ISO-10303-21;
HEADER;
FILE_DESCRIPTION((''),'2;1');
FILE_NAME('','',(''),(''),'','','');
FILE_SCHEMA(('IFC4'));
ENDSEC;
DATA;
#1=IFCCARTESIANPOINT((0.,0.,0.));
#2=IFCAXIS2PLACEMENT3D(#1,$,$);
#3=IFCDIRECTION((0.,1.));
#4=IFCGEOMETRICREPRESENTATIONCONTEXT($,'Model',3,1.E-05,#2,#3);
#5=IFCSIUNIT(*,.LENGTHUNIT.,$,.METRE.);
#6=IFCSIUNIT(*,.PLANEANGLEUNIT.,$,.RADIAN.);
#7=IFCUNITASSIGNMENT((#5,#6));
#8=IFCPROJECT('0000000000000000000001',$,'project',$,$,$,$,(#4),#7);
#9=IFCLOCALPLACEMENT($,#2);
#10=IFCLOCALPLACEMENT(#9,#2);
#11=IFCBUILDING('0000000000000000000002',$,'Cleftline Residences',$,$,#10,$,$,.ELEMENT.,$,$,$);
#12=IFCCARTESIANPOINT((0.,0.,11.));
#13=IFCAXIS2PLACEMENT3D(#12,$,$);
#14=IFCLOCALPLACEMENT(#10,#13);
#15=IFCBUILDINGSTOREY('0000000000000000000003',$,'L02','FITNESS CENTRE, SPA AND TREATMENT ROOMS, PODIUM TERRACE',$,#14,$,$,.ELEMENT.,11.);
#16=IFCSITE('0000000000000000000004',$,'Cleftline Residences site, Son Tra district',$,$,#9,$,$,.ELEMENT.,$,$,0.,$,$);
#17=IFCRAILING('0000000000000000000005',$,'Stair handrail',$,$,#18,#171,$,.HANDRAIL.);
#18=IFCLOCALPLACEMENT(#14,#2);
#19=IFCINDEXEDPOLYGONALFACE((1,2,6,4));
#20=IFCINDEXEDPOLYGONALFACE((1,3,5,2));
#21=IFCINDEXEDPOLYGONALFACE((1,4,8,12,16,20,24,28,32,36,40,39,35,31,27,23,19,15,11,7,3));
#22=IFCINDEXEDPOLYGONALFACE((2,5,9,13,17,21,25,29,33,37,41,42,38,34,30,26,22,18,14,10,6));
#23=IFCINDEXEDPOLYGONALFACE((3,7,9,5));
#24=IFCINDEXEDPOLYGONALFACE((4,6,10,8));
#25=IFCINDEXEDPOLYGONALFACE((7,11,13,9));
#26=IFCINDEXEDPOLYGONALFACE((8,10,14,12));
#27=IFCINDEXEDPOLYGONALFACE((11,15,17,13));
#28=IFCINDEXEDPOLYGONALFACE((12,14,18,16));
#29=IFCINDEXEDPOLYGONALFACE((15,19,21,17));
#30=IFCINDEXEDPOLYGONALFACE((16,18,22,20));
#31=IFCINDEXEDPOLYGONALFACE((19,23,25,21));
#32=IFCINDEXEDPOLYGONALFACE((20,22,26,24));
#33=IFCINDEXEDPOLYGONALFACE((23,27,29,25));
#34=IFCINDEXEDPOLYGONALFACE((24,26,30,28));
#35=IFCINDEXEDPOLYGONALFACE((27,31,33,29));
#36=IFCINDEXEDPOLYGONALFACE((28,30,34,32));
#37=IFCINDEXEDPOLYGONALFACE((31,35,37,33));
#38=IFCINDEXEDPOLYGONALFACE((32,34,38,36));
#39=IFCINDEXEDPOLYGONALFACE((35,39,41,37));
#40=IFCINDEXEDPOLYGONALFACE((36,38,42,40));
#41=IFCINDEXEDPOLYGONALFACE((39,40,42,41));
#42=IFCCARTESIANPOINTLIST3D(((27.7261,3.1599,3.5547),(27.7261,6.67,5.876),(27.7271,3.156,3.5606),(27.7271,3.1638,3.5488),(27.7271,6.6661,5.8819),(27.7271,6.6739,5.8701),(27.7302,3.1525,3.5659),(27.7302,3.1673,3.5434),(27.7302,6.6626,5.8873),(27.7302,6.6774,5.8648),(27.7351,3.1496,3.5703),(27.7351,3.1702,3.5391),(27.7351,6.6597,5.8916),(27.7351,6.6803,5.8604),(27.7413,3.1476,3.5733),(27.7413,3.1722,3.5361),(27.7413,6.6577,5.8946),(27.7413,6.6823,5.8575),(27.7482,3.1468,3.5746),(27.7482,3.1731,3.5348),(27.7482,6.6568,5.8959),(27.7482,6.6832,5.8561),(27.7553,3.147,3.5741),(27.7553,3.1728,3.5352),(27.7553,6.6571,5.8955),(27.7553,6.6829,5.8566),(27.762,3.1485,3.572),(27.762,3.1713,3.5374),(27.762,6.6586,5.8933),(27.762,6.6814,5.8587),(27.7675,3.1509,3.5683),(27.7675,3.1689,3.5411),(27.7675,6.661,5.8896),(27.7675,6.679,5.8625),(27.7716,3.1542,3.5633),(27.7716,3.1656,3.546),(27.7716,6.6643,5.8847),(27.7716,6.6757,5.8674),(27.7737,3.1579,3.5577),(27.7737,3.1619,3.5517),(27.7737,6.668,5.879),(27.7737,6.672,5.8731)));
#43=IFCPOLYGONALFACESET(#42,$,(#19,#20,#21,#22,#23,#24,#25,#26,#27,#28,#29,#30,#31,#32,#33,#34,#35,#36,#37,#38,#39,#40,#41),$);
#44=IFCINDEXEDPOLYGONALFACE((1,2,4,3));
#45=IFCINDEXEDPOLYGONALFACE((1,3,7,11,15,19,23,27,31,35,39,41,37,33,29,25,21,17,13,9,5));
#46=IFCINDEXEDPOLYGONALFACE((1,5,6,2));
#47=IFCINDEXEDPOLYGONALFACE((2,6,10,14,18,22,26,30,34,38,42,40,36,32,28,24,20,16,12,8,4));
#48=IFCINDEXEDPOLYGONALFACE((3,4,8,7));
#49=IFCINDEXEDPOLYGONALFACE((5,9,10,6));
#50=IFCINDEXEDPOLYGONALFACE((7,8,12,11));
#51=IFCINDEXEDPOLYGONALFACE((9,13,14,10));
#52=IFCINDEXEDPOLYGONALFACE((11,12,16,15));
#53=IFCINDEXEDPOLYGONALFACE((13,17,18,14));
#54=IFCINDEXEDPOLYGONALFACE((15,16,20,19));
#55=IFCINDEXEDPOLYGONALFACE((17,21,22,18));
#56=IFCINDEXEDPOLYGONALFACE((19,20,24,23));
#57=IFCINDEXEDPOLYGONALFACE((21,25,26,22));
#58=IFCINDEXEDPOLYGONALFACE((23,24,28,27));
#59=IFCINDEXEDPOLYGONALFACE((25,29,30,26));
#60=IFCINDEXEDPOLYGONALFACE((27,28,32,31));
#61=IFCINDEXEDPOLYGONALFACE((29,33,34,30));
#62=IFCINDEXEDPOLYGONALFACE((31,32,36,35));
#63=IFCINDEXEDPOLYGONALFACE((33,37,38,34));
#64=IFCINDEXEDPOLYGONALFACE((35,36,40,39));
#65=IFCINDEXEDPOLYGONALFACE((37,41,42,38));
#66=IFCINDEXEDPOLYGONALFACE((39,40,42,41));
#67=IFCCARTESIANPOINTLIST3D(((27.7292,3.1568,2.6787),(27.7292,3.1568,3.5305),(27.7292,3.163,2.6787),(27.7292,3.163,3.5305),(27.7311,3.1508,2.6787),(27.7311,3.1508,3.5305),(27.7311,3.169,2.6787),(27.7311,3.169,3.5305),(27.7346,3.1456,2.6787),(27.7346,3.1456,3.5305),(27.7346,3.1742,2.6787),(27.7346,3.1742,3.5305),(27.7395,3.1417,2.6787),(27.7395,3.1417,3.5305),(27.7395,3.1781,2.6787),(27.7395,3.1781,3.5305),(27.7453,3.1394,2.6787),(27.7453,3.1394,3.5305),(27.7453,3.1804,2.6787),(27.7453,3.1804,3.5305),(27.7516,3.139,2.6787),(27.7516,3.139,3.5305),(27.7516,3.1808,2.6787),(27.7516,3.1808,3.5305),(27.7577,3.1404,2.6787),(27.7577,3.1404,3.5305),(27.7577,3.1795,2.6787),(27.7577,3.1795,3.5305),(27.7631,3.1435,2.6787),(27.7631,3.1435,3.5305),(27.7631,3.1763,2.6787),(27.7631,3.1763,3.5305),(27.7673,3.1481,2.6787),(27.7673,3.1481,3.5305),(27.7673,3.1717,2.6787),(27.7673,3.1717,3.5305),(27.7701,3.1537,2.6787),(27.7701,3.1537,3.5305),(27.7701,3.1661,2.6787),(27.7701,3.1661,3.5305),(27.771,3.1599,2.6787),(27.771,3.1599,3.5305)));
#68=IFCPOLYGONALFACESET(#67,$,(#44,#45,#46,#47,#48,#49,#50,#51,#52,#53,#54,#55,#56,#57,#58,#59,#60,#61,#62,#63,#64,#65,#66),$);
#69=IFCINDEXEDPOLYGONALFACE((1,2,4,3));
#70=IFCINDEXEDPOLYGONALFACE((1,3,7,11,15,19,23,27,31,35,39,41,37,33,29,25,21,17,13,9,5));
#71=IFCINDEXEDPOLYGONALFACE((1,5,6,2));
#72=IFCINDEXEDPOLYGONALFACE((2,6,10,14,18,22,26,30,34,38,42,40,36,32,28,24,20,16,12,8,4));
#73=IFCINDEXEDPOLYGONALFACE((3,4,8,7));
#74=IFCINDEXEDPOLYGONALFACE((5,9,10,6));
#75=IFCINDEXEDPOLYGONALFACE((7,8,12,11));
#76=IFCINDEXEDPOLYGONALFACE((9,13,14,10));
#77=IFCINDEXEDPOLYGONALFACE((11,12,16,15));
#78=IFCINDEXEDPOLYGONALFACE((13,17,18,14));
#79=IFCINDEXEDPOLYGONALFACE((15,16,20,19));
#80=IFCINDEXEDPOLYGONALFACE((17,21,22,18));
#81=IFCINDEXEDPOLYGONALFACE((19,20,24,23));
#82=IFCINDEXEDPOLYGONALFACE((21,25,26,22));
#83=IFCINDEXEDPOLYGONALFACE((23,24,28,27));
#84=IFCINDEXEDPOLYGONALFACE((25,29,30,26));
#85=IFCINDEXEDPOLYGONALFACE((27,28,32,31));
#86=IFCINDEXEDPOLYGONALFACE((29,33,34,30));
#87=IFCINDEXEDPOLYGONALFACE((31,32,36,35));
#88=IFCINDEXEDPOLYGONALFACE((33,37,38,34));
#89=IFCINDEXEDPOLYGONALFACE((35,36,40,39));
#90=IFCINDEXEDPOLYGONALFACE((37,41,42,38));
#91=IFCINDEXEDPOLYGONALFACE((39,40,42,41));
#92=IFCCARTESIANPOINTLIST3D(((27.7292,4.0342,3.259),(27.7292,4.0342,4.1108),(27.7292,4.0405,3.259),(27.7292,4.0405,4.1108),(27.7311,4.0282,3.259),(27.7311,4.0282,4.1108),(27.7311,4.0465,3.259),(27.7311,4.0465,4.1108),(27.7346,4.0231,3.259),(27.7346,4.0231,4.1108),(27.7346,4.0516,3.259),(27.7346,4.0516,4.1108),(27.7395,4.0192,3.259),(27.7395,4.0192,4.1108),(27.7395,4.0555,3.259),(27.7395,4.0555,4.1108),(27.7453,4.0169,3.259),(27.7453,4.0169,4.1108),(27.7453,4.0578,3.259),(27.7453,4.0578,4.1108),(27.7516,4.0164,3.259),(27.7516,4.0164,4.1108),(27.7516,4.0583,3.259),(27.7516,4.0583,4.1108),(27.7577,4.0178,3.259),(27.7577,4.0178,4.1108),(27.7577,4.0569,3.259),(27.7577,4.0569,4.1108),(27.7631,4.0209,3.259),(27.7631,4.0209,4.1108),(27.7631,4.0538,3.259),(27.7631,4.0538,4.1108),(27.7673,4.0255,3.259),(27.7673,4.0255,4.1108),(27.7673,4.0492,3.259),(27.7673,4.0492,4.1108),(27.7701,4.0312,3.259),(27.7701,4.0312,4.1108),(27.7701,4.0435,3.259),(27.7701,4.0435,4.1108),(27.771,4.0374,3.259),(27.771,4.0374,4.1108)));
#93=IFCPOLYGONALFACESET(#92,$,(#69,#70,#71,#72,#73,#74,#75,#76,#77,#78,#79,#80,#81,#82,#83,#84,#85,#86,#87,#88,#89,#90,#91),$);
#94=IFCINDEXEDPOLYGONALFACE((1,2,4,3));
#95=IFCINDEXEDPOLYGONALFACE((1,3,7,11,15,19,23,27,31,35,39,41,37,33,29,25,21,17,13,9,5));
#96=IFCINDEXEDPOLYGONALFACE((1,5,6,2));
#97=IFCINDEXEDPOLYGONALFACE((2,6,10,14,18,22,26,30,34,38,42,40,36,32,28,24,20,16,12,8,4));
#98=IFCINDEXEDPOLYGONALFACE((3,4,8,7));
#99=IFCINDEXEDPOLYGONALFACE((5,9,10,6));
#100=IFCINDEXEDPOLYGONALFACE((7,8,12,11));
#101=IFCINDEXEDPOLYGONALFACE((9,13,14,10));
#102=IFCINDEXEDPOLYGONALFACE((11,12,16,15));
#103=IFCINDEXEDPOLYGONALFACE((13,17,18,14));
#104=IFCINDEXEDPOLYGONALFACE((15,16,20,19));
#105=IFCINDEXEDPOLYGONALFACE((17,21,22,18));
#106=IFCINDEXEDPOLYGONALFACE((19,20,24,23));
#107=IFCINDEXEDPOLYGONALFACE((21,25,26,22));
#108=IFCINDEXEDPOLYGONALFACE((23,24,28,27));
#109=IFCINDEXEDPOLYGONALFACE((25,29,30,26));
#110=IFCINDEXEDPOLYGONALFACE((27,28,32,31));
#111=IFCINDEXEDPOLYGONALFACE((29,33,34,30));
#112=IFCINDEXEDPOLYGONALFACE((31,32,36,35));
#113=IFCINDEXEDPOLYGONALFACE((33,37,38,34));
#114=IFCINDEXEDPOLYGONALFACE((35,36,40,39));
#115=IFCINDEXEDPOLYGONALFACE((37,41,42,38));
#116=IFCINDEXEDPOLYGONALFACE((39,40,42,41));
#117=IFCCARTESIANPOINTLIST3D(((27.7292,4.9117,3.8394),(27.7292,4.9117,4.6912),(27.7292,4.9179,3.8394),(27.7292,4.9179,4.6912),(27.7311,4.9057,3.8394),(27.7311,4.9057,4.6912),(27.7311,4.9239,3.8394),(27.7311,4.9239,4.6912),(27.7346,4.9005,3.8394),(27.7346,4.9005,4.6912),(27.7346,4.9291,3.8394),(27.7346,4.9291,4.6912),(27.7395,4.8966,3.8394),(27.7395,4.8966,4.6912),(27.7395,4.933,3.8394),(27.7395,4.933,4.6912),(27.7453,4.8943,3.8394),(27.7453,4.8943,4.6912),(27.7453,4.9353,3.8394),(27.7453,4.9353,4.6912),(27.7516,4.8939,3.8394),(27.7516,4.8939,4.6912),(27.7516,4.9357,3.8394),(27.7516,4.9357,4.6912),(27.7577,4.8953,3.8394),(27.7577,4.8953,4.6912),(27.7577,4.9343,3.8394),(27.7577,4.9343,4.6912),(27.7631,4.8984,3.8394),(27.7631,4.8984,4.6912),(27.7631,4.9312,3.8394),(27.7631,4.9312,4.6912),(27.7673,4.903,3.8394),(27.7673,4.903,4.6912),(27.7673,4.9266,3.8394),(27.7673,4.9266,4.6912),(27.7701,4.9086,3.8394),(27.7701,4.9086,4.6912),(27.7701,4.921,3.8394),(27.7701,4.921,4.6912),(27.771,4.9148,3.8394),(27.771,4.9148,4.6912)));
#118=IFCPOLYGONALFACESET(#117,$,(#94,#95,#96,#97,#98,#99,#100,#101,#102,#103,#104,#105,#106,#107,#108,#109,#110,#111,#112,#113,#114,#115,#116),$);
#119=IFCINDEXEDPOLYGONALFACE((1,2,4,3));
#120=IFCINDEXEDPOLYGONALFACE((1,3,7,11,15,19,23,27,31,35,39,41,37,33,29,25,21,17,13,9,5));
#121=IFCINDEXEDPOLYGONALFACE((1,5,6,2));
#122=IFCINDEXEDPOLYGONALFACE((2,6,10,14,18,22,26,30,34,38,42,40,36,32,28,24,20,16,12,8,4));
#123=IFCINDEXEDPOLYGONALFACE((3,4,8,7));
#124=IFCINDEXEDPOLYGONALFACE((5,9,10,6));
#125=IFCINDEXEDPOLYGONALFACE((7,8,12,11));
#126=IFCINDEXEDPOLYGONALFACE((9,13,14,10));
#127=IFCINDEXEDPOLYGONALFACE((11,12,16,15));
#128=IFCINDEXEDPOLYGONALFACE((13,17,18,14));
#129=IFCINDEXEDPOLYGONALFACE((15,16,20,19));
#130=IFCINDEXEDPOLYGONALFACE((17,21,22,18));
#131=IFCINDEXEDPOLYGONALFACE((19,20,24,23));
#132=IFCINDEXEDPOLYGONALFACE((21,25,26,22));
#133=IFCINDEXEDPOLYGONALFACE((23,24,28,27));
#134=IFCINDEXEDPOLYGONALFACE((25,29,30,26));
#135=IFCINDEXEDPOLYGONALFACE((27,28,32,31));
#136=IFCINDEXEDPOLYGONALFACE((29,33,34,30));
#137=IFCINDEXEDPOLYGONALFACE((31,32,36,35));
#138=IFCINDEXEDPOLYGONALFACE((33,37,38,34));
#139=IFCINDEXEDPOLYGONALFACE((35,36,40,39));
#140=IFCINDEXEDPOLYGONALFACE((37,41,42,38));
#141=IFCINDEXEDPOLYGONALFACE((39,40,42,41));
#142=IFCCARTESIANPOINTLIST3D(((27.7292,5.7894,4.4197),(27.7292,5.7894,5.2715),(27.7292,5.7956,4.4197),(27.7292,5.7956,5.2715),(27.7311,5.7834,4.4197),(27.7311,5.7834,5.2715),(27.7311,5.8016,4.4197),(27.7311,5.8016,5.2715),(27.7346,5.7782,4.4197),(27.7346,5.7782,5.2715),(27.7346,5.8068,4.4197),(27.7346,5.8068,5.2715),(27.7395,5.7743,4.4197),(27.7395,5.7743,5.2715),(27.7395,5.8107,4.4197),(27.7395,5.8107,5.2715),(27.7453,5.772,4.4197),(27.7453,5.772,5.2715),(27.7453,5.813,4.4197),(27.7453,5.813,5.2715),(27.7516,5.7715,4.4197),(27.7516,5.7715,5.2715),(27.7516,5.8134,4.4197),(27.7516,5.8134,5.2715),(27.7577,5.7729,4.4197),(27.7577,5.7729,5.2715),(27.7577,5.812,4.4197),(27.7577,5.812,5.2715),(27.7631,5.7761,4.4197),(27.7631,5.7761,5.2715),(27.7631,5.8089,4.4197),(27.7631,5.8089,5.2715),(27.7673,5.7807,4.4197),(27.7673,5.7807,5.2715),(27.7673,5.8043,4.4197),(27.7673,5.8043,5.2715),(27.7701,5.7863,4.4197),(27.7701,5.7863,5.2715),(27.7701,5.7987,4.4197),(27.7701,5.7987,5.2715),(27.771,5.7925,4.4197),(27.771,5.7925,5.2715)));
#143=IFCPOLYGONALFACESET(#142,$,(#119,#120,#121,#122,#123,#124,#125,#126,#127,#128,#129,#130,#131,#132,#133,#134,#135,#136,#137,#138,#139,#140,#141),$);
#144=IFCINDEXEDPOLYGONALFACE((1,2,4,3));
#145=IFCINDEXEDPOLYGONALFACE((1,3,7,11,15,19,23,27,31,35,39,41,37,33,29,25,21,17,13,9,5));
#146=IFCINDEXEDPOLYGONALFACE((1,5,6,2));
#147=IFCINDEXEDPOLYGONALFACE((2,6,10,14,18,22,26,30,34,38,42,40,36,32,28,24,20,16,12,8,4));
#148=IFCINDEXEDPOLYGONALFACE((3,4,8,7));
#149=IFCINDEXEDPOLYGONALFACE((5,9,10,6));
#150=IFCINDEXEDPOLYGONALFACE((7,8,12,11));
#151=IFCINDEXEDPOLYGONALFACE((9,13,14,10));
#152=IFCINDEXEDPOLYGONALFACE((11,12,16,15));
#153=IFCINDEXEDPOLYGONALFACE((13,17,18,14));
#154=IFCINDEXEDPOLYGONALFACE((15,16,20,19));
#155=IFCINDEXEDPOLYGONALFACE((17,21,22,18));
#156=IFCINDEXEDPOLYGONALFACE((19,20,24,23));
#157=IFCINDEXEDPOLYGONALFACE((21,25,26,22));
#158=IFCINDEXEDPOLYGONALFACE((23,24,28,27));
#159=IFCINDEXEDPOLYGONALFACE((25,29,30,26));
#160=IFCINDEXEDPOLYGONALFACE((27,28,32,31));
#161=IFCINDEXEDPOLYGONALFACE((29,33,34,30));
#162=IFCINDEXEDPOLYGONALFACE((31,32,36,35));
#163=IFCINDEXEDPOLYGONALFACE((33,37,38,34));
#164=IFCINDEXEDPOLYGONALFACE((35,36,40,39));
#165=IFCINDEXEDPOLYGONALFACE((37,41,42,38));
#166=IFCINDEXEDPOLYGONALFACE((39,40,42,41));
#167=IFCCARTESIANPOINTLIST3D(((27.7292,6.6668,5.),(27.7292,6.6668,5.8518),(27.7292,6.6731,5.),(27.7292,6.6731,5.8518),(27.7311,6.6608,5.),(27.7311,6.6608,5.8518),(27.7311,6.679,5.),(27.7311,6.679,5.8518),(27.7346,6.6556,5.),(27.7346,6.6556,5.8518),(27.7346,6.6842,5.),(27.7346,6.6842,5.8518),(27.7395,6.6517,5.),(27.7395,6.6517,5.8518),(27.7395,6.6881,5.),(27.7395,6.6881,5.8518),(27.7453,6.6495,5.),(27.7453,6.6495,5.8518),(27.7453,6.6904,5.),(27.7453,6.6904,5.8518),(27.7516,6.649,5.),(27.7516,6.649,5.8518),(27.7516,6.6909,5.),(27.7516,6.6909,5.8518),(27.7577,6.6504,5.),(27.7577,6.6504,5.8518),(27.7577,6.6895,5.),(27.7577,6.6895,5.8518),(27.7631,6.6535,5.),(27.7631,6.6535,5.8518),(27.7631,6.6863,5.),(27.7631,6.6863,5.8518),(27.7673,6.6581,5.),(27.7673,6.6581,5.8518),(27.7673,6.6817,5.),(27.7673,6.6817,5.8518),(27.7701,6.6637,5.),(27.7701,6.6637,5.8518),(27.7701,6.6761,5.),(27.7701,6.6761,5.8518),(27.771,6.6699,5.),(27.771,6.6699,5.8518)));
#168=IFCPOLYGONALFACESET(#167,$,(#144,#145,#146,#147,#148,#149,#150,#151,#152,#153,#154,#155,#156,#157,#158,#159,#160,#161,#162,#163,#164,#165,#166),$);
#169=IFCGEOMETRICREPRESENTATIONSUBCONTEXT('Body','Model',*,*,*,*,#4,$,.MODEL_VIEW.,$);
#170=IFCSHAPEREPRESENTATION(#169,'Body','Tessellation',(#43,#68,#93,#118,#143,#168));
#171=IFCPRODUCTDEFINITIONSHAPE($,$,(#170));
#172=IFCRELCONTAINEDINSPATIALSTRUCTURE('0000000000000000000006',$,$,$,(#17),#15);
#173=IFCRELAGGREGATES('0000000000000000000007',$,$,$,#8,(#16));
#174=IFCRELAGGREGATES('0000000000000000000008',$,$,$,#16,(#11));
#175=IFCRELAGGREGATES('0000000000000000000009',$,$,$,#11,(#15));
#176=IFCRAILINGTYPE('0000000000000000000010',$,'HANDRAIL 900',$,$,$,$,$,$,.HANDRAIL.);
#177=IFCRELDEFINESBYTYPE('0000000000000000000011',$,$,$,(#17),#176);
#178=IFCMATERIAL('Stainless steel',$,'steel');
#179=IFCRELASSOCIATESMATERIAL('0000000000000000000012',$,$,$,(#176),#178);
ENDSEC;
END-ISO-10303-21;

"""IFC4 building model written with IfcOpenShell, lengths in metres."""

from ifc_helpers import new_model, si_unit, direction, frame, origin, origin_2d, place, context, subcontext, project, spatial, circle, extrude, material, type_object, element, save


model = new_model("IFC4")

# Units and contexts
model_context = context("Model", 3, precision=1e-05, world=origin(), true_north=direction((0.0, 1.0)))
body_context = subcontext(model_context, "Body", "Model", "MODEL_VIEW")
ifc_project = project(units=[si_unit("LENGTHUNIT", "METRE"), si_unit("PLANEANGLEUNIT", "RADIAN")], contexts=[model_context])

# Site, building, storey
site_placement = place(None, origin())
site = spatial("IfcSite", under=ifc_project, at=site_placement, Name="Cleftline Residences site, Son Tra district", CompositionType="ELEMENT", RefElevation=0.0)
building_placement = place(site_placement, origin())
building = spatial("IfcBuilding", under=site, at=building_placement, Name="Cleftline Residences", CompositionType="ELEMENT")
storey_placement = place(building_placement, frame((0.0, 0.0, 11.0)))
storey = spatial("IfcBuildingStorey", under=building, at=storey_placement, Name="L02", Description="FITNESS CENTRE, SPA AND TREATMENT ROOMS, PODIUM TERRACE", CompositionType="ELEMENT", Elevation=11.0)

# Railing
ifc_material_1 = material(Name="Stainless steel", Category="steel")
railing_type = type_object("IfcRailingType", Name="HANDRAIL 900", PredefinedType="HANDRAIL", material=ifc_material_1)
railing_1_placement = place(storey_placement, frame((27.75, 3.1599, 2.6787)))
element("IfcRailing", 1, at=railing_1_placement, inside=storey, type_object=railing_type, Name="Stair handrail", PredefinedType="HANDRAIL", context=body_context, shape_type="SweptSolid", body=[
    extrude(circle(Radius=0.0239, at=origin_2d()), frame((0.0, 0.0, 0.876), z_axis=(0.0, 0.834097, 0.551617), x_axis=(-1.0, 0.0, 0.0)), (0.0, 0.0, 1.0), 4.2083),
    extrude(circle(Radius=0.021, at=origin_2d()), origin(), (0.0, 0.0, 1.0), 0.8518),
    extrude(circle(Radius=0.021, at=origin_2d()), frame((0.0, 0.8774, 0.5803)), (0.0, 0.0, 1.0), 0.8518),
    extrude(circle(Radius=0.021, at=origin_2d()), frame((0.0, 1.7549, 1.1606)), (0.0, 0.0, 1.0), 0.8518),
    extrude(circle(Radius=0.021, at=origin_2d()), frame((0.0, 2.6326, 1.741)), (0.0, 0.0, 1.0), 0.8518),
    extrude(circle(Radius=0.021, at=origin_2d()), frame((0.0, 3.51, 2.3213)), (0.0, 0.0, 1.0), 0.8518),
])

save(model, "model.ifc")
